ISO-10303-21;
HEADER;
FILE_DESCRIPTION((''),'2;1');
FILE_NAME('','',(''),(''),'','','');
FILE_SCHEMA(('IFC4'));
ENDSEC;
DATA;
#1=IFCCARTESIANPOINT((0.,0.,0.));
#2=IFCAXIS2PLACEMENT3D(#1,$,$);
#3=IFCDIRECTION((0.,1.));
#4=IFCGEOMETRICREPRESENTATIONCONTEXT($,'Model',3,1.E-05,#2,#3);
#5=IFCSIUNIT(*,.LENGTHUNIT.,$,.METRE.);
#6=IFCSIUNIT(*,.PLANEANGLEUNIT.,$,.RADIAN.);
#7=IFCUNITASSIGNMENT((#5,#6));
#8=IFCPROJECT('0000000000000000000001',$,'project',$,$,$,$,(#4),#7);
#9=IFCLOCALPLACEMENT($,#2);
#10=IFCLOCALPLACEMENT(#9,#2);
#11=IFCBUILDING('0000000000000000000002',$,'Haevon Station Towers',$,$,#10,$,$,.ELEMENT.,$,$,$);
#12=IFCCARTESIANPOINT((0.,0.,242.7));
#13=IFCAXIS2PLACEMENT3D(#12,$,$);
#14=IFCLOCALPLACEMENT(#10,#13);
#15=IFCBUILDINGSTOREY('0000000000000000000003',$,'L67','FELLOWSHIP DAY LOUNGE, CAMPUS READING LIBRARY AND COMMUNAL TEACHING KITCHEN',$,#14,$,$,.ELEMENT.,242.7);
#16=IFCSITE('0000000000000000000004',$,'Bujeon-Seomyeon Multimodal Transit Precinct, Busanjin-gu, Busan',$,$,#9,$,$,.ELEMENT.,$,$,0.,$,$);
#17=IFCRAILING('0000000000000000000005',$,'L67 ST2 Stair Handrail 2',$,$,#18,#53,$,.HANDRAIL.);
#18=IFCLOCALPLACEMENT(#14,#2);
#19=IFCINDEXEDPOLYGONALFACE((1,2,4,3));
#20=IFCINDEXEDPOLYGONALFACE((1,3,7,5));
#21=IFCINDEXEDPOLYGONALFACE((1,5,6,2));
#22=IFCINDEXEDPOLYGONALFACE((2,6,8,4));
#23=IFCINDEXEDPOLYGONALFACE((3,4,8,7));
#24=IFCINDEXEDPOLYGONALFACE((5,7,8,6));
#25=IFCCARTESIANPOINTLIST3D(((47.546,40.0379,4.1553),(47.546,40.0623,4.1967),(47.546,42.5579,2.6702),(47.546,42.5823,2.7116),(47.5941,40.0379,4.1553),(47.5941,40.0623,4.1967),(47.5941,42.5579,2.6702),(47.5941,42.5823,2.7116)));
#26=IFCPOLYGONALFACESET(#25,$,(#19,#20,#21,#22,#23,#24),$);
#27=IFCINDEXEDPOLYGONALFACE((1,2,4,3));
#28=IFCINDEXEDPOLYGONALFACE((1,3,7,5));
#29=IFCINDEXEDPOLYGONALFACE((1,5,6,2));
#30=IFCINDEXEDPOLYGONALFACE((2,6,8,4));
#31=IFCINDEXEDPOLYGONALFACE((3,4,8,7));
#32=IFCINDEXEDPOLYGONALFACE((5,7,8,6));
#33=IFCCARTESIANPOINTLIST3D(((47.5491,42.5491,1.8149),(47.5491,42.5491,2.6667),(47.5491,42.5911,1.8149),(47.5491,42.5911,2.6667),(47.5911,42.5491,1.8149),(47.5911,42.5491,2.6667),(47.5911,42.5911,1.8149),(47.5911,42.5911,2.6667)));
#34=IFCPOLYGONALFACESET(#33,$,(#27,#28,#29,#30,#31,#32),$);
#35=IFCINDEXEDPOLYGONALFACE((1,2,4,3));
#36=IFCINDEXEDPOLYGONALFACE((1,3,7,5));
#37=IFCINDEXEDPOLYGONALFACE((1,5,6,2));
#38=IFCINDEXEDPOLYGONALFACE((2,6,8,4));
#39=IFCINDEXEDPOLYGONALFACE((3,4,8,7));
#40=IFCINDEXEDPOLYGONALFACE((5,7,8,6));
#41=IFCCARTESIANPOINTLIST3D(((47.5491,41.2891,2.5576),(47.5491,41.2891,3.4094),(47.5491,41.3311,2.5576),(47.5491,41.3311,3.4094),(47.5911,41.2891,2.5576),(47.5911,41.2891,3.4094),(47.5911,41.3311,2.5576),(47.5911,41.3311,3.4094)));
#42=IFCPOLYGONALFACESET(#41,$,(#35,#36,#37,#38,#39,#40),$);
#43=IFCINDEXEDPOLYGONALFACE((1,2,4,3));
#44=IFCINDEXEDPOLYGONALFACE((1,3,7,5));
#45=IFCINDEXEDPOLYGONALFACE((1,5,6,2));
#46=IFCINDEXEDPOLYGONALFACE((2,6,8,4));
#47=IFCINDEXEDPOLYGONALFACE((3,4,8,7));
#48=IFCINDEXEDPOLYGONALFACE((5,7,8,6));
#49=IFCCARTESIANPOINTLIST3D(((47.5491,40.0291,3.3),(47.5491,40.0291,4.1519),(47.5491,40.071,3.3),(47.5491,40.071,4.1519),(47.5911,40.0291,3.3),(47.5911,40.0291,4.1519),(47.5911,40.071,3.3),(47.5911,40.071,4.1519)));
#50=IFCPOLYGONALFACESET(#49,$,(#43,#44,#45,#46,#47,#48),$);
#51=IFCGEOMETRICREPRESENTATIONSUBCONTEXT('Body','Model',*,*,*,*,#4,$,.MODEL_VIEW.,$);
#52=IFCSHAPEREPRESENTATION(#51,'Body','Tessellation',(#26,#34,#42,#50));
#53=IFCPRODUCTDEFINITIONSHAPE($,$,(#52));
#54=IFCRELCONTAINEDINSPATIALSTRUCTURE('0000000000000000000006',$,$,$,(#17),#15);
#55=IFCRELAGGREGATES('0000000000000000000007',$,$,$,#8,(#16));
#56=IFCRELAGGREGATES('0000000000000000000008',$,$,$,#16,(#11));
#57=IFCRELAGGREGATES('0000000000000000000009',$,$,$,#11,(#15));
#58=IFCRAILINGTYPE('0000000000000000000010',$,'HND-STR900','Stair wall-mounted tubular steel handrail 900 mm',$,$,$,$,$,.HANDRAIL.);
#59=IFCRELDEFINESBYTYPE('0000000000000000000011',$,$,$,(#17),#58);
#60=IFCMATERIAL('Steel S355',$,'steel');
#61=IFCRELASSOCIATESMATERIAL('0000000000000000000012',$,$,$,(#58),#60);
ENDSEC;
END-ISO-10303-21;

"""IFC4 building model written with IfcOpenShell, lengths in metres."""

from ifc_helpers import new_model, si_unit, direction, frame, origin, origin_2d, place, context, subcontext, project, spatial, rectangle, extrude, material, type_object, element, save


model = new_model("IFC4")

# Units and contexts
model_context = context("Model", 3, precision=1e-05, world=origin(), true_north=direction((0.0, 1.0)))
body_context = subcontext(model_context, "Body", "Model", "MODEL_VIEW")
ifc_project = project(units=[si_unit("LENGTHUNIT", "METRE"), si_unit("PLANEANGLEUNIT", "RADIAN")], contexts=[model_context])

# Site, building, storey
site_placement = place(None, origin())
site = spatial("IfcSite", under=ifc_project, at=site_placement, Name="Bujeon-Seomyeon Multimodal Transit Precinct, Busanjin-gu, Busan", CompositionType="ELEMENT", RefElevation=0.0)
building_placement = place(site_placement, origin())
building = spatial("IfcBuilding", under=site, at=building_placement, Name="Haevon Station Towers", CompositionType="ELEMENT")
storey_placement = place(building_placement, frame((0.0, 0.0, 242.7)))
storey = spatial("IfcBuildingStorey", under=building, at=storey_placement, Name="L67", Description="FELLOWSHIP DAY LOUNGE, CAMPUS READING LIBRARY AND COMMUNAL TEACHING KITCHEN", CompositionType="ELEMENT", Elevation=242.7)

# Shared definitions
ifc_material_1 = material(Name="Steel S355", Category="steel")

# Railing
railing_type_1 = type_object("IfcRailingType", Name="HND-STR900", Description="Stair wall-mounted tubular steel handrail 900 mm", PredefinedType="HANDRAIL", material=ifc_material_1)
railing_1_placement = place(storey_placement, frame((47.5701, 42.5701, 1.8149)))
element("IfcRailing", 1, at=railing_1_placement, inside=storey, type_object=railing_type_1, Name="L67 ST2 Stair Handrail 2", PredefinedType="HANDRAIL", context=body_context, shape_type="SweptSolid", body=[
    extrude(rectangle(XDim=0.0481, YDim=0.0481, at=origin_2d()), frame((0.0, 0.0, 0.876), z_axis=(0.0, -0.861524, 0.507717), x_axis=(1.0, 0.0, 0.0)), (0.0, 0.0, 1.0), 2.925),
    extrude(rectangle(XDim=0.042, YDim=0.042, at=origin_2d()), origin(), (0.0, 0.0, 1.0), 0.8518),
    extrude(rectangle(XDim=0.042, YDim=0.042, at=origin_2d()), frame((0.0, -1.26, 0.7427)), (0.0, 0.0, 1.0), 0.8518),
    extrude(rectangle(XDim=0.042, YDim=0.042, at=origin_2d()), frame((0.0, -2.52, 1.4851)), (0.0, 0.0, 1.0), 0.8518),
])

save(model, "model.ifc")
